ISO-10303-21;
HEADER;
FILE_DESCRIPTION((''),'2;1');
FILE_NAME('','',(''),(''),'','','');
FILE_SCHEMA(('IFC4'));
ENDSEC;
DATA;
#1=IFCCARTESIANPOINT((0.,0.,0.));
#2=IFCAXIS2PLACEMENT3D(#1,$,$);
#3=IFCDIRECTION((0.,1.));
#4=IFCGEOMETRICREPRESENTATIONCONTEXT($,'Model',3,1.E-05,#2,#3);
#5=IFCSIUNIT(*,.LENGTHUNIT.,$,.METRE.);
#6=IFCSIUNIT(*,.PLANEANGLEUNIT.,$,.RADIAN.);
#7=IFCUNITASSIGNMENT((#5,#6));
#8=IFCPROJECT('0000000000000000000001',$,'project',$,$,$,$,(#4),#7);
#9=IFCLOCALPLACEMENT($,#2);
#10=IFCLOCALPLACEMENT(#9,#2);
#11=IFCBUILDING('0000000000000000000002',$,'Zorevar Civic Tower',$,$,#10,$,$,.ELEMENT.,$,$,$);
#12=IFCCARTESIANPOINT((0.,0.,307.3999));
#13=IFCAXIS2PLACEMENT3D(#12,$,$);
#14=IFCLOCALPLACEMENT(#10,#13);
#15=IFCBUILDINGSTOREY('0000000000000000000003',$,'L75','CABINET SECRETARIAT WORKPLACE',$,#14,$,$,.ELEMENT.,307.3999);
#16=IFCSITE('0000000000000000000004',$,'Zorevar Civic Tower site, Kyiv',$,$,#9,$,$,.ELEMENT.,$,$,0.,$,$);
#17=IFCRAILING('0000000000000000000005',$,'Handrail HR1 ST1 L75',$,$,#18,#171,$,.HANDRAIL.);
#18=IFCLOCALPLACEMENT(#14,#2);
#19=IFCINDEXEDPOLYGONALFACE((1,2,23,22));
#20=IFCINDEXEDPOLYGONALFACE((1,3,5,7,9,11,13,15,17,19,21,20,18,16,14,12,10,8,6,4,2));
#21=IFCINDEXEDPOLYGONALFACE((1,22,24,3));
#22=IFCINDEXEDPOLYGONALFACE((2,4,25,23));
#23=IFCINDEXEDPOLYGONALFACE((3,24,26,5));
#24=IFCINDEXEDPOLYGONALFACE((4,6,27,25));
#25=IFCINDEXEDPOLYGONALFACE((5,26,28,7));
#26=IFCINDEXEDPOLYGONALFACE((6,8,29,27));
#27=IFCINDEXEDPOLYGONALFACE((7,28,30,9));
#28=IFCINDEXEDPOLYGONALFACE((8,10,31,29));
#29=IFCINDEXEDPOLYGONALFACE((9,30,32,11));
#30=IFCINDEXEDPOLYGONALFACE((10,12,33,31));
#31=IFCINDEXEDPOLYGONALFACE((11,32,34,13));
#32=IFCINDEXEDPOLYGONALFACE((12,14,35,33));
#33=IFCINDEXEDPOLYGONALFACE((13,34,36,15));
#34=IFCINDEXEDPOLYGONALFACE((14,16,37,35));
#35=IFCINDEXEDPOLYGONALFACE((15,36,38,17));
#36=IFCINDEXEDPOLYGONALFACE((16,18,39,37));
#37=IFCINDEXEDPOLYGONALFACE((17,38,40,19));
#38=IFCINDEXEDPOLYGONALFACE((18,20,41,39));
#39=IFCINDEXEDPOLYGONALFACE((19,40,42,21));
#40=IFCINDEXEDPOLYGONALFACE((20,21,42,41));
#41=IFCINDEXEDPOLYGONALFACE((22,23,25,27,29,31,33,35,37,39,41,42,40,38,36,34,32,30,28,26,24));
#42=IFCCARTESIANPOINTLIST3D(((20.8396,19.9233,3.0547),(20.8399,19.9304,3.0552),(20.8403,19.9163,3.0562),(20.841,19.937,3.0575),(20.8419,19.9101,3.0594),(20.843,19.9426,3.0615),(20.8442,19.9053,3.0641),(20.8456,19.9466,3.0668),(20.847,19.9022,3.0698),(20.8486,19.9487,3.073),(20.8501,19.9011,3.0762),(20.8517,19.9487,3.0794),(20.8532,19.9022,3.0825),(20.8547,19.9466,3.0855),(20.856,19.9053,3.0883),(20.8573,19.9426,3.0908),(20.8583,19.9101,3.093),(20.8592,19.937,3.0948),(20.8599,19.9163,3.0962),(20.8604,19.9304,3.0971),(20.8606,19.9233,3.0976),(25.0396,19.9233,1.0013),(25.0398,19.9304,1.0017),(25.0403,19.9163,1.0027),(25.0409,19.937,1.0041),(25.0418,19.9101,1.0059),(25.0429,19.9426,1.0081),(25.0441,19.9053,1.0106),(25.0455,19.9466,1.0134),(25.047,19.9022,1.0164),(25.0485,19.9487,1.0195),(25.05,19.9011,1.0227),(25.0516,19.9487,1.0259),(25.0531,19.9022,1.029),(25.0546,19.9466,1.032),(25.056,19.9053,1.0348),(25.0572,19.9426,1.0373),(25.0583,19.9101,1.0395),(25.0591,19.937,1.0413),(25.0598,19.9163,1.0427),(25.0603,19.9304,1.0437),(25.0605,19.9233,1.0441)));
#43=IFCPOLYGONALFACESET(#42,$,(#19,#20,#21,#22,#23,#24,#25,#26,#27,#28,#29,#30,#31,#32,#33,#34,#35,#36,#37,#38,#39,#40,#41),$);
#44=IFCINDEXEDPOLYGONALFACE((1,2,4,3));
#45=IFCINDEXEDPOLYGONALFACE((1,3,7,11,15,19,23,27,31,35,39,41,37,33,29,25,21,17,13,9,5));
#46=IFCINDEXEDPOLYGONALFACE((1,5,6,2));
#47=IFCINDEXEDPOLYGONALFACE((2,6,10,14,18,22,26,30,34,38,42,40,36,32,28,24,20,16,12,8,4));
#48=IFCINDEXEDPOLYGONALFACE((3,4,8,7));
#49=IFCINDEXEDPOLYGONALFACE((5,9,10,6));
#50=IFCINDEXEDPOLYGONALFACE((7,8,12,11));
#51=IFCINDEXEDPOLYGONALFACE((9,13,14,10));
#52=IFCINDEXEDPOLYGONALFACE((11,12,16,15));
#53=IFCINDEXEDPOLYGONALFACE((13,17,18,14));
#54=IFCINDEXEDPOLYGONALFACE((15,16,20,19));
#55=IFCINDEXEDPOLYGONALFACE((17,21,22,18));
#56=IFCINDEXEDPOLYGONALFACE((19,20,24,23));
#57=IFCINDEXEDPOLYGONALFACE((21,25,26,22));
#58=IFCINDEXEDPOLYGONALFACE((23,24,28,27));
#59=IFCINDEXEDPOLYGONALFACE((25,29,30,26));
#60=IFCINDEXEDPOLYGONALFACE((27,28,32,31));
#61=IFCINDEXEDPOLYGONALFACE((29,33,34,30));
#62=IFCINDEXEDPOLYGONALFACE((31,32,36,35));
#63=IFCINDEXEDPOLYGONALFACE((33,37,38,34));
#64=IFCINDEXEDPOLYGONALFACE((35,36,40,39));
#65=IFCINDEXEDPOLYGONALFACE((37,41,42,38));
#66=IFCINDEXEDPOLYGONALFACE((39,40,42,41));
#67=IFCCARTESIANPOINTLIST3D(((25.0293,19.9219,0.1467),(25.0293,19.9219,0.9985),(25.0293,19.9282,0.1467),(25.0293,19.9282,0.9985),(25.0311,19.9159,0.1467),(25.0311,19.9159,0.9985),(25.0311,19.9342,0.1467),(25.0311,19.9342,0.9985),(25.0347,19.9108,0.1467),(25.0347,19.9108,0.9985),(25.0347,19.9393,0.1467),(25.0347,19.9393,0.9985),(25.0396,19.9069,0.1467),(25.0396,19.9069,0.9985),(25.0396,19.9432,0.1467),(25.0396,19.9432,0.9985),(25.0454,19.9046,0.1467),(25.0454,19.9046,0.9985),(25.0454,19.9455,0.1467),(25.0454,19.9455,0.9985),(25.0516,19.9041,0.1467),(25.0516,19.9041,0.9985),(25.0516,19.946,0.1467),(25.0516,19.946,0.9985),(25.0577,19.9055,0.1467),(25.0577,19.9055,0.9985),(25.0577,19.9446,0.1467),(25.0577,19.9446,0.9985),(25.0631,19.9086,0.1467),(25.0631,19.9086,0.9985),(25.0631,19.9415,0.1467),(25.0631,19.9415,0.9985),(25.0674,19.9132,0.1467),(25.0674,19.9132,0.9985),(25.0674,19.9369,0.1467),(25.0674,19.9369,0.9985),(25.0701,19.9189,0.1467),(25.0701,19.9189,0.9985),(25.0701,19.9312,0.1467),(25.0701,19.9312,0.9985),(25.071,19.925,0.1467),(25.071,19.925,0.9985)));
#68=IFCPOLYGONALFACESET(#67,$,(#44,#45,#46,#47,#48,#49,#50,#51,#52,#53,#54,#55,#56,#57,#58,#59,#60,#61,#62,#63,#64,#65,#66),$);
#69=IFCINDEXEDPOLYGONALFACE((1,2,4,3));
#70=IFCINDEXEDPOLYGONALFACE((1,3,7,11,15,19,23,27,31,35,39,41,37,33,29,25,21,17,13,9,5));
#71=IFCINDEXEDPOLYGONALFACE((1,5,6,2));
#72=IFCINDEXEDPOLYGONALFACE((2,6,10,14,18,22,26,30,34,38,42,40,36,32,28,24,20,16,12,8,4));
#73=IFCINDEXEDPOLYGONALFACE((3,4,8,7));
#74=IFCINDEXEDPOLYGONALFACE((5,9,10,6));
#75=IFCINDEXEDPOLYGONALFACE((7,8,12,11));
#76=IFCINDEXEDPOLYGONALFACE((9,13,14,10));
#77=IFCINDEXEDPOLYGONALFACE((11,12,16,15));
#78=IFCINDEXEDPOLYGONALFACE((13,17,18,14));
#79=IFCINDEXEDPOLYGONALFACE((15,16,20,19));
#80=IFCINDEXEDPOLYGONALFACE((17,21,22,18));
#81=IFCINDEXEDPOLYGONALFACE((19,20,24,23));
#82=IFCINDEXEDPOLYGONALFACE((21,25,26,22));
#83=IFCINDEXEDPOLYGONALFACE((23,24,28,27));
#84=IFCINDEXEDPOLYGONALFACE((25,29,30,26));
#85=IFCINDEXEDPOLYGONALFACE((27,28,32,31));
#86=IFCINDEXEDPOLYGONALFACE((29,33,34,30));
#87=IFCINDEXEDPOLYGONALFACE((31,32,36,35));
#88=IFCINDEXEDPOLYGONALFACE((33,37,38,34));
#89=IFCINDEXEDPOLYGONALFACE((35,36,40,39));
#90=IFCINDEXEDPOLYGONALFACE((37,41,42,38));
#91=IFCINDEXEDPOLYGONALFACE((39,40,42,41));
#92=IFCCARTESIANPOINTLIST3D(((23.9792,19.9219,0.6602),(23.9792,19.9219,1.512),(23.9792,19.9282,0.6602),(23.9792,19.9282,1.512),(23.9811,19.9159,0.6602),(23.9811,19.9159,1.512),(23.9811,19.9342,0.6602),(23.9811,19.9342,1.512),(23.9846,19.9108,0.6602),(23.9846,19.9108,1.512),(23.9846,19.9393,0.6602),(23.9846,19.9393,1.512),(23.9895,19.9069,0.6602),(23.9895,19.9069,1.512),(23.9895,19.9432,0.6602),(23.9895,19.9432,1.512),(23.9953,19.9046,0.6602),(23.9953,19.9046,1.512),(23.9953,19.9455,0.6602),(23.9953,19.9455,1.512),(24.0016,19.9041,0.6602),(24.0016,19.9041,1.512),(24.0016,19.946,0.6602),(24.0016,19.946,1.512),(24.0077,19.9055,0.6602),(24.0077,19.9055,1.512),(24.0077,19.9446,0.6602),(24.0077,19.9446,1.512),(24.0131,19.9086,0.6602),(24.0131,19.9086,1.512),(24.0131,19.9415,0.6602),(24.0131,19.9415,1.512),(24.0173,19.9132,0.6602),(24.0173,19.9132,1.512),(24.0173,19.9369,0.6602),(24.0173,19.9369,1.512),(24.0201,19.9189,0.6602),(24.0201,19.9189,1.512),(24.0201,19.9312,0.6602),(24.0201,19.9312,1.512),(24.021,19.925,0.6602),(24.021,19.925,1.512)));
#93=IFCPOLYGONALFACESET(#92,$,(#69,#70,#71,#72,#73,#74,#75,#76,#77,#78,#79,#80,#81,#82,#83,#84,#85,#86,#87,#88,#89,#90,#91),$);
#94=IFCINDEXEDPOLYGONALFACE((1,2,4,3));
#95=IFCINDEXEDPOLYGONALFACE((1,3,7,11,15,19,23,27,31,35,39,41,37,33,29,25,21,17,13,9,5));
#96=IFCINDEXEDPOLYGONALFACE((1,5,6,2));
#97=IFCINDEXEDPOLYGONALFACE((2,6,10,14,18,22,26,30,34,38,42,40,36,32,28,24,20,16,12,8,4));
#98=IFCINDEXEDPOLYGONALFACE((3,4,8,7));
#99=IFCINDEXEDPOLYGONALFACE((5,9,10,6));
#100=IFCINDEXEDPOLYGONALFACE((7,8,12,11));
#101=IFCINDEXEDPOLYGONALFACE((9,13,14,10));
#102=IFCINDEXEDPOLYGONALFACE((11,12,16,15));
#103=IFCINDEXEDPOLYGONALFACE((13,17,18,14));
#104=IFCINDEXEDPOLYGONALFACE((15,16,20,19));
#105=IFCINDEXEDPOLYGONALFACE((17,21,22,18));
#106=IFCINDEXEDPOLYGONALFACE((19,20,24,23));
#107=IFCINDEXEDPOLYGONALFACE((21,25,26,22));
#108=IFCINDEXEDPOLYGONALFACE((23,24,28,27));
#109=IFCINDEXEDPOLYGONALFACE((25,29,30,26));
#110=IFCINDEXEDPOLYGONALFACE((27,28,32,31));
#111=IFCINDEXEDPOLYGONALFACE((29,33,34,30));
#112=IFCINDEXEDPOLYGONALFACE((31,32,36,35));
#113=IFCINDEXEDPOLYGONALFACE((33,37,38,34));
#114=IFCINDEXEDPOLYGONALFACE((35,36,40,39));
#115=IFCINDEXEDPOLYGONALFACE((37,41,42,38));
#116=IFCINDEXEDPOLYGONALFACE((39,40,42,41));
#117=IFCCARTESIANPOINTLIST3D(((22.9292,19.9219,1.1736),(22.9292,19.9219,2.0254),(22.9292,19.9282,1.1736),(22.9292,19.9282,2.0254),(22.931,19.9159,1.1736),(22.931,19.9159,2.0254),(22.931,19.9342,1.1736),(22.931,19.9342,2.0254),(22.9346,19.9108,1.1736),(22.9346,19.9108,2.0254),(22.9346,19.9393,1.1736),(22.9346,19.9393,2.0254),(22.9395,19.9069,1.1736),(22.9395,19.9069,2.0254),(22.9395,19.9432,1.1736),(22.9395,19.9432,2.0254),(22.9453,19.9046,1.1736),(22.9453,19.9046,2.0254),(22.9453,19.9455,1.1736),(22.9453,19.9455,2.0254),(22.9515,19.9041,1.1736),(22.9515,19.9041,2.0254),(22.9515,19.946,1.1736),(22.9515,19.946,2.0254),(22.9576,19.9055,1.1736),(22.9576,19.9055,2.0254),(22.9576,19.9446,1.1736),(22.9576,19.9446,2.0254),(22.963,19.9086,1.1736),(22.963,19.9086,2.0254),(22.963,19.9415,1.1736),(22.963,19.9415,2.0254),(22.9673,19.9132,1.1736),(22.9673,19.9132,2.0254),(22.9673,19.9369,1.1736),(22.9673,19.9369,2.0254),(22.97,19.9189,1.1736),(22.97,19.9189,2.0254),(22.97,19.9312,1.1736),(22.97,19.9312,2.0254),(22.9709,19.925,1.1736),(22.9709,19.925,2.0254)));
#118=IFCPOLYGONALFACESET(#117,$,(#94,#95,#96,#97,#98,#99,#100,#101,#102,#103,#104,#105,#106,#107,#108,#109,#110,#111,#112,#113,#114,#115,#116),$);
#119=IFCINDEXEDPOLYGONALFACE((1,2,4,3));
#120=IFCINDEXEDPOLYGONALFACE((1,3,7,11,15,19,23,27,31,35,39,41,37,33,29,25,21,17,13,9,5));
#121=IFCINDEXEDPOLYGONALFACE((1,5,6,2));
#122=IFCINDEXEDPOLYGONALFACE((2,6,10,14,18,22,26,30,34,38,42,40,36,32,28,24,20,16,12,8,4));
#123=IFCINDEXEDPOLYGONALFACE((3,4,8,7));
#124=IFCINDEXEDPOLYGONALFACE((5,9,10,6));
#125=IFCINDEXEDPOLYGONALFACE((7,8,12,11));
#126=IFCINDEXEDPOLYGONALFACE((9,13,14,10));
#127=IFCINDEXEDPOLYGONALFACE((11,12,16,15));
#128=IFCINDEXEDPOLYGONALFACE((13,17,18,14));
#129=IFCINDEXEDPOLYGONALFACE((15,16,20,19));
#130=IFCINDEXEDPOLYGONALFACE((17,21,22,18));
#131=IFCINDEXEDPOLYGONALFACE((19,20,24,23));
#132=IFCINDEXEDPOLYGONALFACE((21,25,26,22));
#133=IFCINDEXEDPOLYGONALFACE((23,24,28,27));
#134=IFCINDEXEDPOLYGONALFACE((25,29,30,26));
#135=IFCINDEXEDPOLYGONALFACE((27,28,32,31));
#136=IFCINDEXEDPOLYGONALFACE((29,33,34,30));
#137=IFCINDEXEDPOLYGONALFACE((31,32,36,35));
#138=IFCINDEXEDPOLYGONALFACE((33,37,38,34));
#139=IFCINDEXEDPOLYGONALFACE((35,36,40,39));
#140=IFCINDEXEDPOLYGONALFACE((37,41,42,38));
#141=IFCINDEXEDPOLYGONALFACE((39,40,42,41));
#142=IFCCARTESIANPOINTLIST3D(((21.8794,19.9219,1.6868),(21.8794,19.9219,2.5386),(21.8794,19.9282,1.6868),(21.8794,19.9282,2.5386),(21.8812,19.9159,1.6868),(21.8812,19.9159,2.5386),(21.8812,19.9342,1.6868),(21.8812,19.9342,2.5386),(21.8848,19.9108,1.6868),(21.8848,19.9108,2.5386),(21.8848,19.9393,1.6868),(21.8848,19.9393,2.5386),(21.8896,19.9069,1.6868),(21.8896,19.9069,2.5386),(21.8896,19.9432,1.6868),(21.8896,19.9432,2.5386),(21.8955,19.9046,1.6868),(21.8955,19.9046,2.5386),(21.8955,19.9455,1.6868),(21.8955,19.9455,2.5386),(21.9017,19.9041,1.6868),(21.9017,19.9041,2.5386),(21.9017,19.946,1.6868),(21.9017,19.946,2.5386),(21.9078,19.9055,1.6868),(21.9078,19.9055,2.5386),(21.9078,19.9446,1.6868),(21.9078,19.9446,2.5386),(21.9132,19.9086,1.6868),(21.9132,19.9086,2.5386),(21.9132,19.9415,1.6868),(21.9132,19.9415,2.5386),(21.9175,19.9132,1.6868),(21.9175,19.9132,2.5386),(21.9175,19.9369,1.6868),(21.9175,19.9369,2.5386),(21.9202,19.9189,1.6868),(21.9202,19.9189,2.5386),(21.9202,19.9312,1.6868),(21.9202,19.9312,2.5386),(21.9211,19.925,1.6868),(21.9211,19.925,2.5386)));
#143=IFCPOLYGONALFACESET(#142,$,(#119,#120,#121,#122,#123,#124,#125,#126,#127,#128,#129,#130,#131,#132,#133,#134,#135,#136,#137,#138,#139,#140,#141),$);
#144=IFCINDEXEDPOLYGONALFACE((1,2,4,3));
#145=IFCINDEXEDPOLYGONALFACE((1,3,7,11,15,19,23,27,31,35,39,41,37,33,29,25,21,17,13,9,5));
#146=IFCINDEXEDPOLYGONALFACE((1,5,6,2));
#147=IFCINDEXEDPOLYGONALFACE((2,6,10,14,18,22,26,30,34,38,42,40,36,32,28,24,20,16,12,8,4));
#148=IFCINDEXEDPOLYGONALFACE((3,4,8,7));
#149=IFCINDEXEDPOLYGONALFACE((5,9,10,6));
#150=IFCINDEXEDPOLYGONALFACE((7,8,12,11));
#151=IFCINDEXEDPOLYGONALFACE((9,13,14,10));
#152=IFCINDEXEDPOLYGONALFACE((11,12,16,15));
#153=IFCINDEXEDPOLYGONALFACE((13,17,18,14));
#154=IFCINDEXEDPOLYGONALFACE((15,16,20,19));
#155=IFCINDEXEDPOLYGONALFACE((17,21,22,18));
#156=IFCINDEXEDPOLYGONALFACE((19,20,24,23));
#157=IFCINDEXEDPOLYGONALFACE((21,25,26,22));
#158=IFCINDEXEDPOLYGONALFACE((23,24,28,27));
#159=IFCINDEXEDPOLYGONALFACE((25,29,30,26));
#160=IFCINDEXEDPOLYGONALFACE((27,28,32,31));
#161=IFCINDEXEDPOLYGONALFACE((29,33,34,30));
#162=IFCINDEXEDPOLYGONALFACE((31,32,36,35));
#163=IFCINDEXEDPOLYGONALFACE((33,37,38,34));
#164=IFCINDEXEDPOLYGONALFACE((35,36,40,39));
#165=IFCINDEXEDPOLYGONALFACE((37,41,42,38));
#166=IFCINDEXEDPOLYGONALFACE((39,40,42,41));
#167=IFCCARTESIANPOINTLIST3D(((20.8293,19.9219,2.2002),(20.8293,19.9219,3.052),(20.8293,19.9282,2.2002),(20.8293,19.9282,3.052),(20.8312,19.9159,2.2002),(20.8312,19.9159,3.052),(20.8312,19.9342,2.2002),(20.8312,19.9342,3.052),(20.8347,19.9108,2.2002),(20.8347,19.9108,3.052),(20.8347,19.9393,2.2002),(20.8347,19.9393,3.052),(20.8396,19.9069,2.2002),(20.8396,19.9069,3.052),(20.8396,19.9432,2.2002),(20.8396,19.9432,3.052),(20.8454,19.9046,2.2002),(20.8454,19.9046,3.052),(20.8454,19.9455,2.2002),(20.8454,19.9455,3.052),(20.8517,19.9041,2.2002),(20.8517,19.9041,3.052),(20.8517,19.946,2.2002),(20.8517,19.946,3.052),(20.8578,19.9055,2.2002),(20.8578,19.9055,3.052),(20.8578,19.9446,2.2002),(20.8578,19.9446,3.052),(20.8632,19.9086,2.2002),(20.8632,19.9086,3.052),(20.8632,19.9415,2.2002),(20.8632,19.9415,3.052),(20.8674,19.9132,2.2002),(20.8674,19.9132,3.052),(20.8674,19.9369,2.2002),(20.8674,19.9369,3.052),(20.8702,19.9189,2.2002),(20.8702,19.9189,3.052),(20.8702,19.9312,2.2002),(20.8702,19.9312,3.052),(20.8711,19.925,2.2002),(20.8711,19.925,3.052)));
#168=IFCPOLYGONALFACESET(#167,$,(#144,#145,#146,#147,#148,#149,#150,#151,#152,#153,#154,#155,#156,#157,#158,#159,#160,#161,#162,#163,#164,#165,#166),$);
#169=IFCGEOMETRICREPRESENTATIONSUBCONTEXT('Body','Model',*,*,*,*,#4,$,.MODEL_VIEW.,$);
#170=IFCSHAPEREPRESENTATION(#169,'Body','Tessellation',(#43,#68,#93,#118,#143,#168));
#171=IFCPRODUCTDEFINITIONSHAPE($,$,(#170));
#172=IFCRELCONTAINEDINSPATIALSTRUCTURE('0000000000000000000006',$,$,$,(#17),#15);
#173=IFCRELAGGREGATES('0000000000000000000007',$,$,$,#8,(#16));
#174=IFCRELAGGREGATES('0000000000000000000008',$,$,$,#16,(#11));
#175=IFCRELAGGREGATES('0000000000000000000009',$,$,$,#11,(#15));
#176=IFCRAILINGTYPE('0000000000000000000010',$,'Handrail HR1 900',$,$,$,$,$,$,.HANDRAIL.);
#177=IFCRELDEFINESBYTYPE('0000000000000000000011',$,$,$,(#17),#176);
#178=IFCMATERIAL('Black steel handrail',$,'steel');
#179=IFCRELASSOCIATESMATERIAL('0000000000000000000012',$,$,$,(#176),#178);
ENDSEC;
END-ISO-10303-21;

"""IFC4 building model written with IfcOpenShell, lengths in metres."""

from ifc_helpers import new_model, si_unit, direction, frame, origin, origin_2d, place, context, subcontext, project, spatial, circle, extrude, material, type_object, element, save


model = new_model("IFC4")

# Units and contexts
model_context = context("Model", 3, precision=1e-05, world=origin(), true_north=direction((0.0, 1.0)))
body_context = subcontext(model_context, "Body", "Model", "MODEL_VIEW")
ifc_project = project(units=[si_unit("LENGTHUNIT", "METRE"), si_unit("PLANEANGLEUNIT", "RADIAN")], contexts=[model_context])

# Site, building, storey
site_placement = place(None, origin())
site = spatial("IfcSite", under=ifc_project, at=site_placement, Name="Zorevar Civic Tower site, Kyiv", CompositionType="ELEMENT", RefElevation=0.0)
building_placement = place(site_placement, origin())
building = spatial("IfcBuilding", under=site, at=building_placement, Name="Zorevar Civic Tower", CompositionType="ELEMENT")
storey_placement = place(building_placement, frame((0.0, 0.0, 307.3999)))
storey = spatial("IfcBuildingStorey", under=building, at=storey_placement, Name="L75", Description="CABINET SECRETARIAT WORKPLACE", CompositionType="ELEMENT", Elevation=307.3999)

# Railing
ifc_material_1 = material(Name="Black steel handrail", Category="steel")
railing_type = type_object("IfcRailingType", Name="Handrail HR1 900", PredefinedType="HANDRAIL", material=ifc_material_1)
railing_1_placement = place(storey_placement, frame((25.05, 19.925, 0.1467)))
element("IfcRailing", 1, at=railing_1_placement, inside=storey, type_object=railing_type, Name="Handrail HR1 ST1 L75", PredefinedType="HANDRAIL", context=body_context, shape_type="SweptSolid", body=[
    extrude(circle(Radius=0.0239, at=origin_2d()), frame((0.0, 0.0, 0.876), z_axis=(-0.898371, 0.0, 0.439237), x_axis=(0.0, -1.0, 0.0)), (0.0, 0.0, 1.0), 4.675),
    extrude(circle(Radius=0.021, at=origin_2d()), origin(), (0.0, 0.0, 1.0), 0.8518),
    extrude(circle(Radius=0.021, at=origin_2d()), frame((-1.05, 0.0, 0.5134)), (0.0, 0.0, 1.0), 0.8518),
    extrude(circle(Radius=0.021, at=origin_2d()), frame((-2.1001, 0.0, 1.0269)), (0.0, 0.0, 1.0), 0.8518),
    extrude(circle(Radius=0.021, at=origin_2d()), frame((-3.1499, 0.0, 1.54)), (0.0, 0.0, 1.0), 0.8518),
    extrude(circle(Radius=0.021, at=origin_2d()), frame((-4.2, 0.0, 2.0535)), (0.0, 0.0, 1.0), 0.8518),
])

save(model, "model.ifc")
